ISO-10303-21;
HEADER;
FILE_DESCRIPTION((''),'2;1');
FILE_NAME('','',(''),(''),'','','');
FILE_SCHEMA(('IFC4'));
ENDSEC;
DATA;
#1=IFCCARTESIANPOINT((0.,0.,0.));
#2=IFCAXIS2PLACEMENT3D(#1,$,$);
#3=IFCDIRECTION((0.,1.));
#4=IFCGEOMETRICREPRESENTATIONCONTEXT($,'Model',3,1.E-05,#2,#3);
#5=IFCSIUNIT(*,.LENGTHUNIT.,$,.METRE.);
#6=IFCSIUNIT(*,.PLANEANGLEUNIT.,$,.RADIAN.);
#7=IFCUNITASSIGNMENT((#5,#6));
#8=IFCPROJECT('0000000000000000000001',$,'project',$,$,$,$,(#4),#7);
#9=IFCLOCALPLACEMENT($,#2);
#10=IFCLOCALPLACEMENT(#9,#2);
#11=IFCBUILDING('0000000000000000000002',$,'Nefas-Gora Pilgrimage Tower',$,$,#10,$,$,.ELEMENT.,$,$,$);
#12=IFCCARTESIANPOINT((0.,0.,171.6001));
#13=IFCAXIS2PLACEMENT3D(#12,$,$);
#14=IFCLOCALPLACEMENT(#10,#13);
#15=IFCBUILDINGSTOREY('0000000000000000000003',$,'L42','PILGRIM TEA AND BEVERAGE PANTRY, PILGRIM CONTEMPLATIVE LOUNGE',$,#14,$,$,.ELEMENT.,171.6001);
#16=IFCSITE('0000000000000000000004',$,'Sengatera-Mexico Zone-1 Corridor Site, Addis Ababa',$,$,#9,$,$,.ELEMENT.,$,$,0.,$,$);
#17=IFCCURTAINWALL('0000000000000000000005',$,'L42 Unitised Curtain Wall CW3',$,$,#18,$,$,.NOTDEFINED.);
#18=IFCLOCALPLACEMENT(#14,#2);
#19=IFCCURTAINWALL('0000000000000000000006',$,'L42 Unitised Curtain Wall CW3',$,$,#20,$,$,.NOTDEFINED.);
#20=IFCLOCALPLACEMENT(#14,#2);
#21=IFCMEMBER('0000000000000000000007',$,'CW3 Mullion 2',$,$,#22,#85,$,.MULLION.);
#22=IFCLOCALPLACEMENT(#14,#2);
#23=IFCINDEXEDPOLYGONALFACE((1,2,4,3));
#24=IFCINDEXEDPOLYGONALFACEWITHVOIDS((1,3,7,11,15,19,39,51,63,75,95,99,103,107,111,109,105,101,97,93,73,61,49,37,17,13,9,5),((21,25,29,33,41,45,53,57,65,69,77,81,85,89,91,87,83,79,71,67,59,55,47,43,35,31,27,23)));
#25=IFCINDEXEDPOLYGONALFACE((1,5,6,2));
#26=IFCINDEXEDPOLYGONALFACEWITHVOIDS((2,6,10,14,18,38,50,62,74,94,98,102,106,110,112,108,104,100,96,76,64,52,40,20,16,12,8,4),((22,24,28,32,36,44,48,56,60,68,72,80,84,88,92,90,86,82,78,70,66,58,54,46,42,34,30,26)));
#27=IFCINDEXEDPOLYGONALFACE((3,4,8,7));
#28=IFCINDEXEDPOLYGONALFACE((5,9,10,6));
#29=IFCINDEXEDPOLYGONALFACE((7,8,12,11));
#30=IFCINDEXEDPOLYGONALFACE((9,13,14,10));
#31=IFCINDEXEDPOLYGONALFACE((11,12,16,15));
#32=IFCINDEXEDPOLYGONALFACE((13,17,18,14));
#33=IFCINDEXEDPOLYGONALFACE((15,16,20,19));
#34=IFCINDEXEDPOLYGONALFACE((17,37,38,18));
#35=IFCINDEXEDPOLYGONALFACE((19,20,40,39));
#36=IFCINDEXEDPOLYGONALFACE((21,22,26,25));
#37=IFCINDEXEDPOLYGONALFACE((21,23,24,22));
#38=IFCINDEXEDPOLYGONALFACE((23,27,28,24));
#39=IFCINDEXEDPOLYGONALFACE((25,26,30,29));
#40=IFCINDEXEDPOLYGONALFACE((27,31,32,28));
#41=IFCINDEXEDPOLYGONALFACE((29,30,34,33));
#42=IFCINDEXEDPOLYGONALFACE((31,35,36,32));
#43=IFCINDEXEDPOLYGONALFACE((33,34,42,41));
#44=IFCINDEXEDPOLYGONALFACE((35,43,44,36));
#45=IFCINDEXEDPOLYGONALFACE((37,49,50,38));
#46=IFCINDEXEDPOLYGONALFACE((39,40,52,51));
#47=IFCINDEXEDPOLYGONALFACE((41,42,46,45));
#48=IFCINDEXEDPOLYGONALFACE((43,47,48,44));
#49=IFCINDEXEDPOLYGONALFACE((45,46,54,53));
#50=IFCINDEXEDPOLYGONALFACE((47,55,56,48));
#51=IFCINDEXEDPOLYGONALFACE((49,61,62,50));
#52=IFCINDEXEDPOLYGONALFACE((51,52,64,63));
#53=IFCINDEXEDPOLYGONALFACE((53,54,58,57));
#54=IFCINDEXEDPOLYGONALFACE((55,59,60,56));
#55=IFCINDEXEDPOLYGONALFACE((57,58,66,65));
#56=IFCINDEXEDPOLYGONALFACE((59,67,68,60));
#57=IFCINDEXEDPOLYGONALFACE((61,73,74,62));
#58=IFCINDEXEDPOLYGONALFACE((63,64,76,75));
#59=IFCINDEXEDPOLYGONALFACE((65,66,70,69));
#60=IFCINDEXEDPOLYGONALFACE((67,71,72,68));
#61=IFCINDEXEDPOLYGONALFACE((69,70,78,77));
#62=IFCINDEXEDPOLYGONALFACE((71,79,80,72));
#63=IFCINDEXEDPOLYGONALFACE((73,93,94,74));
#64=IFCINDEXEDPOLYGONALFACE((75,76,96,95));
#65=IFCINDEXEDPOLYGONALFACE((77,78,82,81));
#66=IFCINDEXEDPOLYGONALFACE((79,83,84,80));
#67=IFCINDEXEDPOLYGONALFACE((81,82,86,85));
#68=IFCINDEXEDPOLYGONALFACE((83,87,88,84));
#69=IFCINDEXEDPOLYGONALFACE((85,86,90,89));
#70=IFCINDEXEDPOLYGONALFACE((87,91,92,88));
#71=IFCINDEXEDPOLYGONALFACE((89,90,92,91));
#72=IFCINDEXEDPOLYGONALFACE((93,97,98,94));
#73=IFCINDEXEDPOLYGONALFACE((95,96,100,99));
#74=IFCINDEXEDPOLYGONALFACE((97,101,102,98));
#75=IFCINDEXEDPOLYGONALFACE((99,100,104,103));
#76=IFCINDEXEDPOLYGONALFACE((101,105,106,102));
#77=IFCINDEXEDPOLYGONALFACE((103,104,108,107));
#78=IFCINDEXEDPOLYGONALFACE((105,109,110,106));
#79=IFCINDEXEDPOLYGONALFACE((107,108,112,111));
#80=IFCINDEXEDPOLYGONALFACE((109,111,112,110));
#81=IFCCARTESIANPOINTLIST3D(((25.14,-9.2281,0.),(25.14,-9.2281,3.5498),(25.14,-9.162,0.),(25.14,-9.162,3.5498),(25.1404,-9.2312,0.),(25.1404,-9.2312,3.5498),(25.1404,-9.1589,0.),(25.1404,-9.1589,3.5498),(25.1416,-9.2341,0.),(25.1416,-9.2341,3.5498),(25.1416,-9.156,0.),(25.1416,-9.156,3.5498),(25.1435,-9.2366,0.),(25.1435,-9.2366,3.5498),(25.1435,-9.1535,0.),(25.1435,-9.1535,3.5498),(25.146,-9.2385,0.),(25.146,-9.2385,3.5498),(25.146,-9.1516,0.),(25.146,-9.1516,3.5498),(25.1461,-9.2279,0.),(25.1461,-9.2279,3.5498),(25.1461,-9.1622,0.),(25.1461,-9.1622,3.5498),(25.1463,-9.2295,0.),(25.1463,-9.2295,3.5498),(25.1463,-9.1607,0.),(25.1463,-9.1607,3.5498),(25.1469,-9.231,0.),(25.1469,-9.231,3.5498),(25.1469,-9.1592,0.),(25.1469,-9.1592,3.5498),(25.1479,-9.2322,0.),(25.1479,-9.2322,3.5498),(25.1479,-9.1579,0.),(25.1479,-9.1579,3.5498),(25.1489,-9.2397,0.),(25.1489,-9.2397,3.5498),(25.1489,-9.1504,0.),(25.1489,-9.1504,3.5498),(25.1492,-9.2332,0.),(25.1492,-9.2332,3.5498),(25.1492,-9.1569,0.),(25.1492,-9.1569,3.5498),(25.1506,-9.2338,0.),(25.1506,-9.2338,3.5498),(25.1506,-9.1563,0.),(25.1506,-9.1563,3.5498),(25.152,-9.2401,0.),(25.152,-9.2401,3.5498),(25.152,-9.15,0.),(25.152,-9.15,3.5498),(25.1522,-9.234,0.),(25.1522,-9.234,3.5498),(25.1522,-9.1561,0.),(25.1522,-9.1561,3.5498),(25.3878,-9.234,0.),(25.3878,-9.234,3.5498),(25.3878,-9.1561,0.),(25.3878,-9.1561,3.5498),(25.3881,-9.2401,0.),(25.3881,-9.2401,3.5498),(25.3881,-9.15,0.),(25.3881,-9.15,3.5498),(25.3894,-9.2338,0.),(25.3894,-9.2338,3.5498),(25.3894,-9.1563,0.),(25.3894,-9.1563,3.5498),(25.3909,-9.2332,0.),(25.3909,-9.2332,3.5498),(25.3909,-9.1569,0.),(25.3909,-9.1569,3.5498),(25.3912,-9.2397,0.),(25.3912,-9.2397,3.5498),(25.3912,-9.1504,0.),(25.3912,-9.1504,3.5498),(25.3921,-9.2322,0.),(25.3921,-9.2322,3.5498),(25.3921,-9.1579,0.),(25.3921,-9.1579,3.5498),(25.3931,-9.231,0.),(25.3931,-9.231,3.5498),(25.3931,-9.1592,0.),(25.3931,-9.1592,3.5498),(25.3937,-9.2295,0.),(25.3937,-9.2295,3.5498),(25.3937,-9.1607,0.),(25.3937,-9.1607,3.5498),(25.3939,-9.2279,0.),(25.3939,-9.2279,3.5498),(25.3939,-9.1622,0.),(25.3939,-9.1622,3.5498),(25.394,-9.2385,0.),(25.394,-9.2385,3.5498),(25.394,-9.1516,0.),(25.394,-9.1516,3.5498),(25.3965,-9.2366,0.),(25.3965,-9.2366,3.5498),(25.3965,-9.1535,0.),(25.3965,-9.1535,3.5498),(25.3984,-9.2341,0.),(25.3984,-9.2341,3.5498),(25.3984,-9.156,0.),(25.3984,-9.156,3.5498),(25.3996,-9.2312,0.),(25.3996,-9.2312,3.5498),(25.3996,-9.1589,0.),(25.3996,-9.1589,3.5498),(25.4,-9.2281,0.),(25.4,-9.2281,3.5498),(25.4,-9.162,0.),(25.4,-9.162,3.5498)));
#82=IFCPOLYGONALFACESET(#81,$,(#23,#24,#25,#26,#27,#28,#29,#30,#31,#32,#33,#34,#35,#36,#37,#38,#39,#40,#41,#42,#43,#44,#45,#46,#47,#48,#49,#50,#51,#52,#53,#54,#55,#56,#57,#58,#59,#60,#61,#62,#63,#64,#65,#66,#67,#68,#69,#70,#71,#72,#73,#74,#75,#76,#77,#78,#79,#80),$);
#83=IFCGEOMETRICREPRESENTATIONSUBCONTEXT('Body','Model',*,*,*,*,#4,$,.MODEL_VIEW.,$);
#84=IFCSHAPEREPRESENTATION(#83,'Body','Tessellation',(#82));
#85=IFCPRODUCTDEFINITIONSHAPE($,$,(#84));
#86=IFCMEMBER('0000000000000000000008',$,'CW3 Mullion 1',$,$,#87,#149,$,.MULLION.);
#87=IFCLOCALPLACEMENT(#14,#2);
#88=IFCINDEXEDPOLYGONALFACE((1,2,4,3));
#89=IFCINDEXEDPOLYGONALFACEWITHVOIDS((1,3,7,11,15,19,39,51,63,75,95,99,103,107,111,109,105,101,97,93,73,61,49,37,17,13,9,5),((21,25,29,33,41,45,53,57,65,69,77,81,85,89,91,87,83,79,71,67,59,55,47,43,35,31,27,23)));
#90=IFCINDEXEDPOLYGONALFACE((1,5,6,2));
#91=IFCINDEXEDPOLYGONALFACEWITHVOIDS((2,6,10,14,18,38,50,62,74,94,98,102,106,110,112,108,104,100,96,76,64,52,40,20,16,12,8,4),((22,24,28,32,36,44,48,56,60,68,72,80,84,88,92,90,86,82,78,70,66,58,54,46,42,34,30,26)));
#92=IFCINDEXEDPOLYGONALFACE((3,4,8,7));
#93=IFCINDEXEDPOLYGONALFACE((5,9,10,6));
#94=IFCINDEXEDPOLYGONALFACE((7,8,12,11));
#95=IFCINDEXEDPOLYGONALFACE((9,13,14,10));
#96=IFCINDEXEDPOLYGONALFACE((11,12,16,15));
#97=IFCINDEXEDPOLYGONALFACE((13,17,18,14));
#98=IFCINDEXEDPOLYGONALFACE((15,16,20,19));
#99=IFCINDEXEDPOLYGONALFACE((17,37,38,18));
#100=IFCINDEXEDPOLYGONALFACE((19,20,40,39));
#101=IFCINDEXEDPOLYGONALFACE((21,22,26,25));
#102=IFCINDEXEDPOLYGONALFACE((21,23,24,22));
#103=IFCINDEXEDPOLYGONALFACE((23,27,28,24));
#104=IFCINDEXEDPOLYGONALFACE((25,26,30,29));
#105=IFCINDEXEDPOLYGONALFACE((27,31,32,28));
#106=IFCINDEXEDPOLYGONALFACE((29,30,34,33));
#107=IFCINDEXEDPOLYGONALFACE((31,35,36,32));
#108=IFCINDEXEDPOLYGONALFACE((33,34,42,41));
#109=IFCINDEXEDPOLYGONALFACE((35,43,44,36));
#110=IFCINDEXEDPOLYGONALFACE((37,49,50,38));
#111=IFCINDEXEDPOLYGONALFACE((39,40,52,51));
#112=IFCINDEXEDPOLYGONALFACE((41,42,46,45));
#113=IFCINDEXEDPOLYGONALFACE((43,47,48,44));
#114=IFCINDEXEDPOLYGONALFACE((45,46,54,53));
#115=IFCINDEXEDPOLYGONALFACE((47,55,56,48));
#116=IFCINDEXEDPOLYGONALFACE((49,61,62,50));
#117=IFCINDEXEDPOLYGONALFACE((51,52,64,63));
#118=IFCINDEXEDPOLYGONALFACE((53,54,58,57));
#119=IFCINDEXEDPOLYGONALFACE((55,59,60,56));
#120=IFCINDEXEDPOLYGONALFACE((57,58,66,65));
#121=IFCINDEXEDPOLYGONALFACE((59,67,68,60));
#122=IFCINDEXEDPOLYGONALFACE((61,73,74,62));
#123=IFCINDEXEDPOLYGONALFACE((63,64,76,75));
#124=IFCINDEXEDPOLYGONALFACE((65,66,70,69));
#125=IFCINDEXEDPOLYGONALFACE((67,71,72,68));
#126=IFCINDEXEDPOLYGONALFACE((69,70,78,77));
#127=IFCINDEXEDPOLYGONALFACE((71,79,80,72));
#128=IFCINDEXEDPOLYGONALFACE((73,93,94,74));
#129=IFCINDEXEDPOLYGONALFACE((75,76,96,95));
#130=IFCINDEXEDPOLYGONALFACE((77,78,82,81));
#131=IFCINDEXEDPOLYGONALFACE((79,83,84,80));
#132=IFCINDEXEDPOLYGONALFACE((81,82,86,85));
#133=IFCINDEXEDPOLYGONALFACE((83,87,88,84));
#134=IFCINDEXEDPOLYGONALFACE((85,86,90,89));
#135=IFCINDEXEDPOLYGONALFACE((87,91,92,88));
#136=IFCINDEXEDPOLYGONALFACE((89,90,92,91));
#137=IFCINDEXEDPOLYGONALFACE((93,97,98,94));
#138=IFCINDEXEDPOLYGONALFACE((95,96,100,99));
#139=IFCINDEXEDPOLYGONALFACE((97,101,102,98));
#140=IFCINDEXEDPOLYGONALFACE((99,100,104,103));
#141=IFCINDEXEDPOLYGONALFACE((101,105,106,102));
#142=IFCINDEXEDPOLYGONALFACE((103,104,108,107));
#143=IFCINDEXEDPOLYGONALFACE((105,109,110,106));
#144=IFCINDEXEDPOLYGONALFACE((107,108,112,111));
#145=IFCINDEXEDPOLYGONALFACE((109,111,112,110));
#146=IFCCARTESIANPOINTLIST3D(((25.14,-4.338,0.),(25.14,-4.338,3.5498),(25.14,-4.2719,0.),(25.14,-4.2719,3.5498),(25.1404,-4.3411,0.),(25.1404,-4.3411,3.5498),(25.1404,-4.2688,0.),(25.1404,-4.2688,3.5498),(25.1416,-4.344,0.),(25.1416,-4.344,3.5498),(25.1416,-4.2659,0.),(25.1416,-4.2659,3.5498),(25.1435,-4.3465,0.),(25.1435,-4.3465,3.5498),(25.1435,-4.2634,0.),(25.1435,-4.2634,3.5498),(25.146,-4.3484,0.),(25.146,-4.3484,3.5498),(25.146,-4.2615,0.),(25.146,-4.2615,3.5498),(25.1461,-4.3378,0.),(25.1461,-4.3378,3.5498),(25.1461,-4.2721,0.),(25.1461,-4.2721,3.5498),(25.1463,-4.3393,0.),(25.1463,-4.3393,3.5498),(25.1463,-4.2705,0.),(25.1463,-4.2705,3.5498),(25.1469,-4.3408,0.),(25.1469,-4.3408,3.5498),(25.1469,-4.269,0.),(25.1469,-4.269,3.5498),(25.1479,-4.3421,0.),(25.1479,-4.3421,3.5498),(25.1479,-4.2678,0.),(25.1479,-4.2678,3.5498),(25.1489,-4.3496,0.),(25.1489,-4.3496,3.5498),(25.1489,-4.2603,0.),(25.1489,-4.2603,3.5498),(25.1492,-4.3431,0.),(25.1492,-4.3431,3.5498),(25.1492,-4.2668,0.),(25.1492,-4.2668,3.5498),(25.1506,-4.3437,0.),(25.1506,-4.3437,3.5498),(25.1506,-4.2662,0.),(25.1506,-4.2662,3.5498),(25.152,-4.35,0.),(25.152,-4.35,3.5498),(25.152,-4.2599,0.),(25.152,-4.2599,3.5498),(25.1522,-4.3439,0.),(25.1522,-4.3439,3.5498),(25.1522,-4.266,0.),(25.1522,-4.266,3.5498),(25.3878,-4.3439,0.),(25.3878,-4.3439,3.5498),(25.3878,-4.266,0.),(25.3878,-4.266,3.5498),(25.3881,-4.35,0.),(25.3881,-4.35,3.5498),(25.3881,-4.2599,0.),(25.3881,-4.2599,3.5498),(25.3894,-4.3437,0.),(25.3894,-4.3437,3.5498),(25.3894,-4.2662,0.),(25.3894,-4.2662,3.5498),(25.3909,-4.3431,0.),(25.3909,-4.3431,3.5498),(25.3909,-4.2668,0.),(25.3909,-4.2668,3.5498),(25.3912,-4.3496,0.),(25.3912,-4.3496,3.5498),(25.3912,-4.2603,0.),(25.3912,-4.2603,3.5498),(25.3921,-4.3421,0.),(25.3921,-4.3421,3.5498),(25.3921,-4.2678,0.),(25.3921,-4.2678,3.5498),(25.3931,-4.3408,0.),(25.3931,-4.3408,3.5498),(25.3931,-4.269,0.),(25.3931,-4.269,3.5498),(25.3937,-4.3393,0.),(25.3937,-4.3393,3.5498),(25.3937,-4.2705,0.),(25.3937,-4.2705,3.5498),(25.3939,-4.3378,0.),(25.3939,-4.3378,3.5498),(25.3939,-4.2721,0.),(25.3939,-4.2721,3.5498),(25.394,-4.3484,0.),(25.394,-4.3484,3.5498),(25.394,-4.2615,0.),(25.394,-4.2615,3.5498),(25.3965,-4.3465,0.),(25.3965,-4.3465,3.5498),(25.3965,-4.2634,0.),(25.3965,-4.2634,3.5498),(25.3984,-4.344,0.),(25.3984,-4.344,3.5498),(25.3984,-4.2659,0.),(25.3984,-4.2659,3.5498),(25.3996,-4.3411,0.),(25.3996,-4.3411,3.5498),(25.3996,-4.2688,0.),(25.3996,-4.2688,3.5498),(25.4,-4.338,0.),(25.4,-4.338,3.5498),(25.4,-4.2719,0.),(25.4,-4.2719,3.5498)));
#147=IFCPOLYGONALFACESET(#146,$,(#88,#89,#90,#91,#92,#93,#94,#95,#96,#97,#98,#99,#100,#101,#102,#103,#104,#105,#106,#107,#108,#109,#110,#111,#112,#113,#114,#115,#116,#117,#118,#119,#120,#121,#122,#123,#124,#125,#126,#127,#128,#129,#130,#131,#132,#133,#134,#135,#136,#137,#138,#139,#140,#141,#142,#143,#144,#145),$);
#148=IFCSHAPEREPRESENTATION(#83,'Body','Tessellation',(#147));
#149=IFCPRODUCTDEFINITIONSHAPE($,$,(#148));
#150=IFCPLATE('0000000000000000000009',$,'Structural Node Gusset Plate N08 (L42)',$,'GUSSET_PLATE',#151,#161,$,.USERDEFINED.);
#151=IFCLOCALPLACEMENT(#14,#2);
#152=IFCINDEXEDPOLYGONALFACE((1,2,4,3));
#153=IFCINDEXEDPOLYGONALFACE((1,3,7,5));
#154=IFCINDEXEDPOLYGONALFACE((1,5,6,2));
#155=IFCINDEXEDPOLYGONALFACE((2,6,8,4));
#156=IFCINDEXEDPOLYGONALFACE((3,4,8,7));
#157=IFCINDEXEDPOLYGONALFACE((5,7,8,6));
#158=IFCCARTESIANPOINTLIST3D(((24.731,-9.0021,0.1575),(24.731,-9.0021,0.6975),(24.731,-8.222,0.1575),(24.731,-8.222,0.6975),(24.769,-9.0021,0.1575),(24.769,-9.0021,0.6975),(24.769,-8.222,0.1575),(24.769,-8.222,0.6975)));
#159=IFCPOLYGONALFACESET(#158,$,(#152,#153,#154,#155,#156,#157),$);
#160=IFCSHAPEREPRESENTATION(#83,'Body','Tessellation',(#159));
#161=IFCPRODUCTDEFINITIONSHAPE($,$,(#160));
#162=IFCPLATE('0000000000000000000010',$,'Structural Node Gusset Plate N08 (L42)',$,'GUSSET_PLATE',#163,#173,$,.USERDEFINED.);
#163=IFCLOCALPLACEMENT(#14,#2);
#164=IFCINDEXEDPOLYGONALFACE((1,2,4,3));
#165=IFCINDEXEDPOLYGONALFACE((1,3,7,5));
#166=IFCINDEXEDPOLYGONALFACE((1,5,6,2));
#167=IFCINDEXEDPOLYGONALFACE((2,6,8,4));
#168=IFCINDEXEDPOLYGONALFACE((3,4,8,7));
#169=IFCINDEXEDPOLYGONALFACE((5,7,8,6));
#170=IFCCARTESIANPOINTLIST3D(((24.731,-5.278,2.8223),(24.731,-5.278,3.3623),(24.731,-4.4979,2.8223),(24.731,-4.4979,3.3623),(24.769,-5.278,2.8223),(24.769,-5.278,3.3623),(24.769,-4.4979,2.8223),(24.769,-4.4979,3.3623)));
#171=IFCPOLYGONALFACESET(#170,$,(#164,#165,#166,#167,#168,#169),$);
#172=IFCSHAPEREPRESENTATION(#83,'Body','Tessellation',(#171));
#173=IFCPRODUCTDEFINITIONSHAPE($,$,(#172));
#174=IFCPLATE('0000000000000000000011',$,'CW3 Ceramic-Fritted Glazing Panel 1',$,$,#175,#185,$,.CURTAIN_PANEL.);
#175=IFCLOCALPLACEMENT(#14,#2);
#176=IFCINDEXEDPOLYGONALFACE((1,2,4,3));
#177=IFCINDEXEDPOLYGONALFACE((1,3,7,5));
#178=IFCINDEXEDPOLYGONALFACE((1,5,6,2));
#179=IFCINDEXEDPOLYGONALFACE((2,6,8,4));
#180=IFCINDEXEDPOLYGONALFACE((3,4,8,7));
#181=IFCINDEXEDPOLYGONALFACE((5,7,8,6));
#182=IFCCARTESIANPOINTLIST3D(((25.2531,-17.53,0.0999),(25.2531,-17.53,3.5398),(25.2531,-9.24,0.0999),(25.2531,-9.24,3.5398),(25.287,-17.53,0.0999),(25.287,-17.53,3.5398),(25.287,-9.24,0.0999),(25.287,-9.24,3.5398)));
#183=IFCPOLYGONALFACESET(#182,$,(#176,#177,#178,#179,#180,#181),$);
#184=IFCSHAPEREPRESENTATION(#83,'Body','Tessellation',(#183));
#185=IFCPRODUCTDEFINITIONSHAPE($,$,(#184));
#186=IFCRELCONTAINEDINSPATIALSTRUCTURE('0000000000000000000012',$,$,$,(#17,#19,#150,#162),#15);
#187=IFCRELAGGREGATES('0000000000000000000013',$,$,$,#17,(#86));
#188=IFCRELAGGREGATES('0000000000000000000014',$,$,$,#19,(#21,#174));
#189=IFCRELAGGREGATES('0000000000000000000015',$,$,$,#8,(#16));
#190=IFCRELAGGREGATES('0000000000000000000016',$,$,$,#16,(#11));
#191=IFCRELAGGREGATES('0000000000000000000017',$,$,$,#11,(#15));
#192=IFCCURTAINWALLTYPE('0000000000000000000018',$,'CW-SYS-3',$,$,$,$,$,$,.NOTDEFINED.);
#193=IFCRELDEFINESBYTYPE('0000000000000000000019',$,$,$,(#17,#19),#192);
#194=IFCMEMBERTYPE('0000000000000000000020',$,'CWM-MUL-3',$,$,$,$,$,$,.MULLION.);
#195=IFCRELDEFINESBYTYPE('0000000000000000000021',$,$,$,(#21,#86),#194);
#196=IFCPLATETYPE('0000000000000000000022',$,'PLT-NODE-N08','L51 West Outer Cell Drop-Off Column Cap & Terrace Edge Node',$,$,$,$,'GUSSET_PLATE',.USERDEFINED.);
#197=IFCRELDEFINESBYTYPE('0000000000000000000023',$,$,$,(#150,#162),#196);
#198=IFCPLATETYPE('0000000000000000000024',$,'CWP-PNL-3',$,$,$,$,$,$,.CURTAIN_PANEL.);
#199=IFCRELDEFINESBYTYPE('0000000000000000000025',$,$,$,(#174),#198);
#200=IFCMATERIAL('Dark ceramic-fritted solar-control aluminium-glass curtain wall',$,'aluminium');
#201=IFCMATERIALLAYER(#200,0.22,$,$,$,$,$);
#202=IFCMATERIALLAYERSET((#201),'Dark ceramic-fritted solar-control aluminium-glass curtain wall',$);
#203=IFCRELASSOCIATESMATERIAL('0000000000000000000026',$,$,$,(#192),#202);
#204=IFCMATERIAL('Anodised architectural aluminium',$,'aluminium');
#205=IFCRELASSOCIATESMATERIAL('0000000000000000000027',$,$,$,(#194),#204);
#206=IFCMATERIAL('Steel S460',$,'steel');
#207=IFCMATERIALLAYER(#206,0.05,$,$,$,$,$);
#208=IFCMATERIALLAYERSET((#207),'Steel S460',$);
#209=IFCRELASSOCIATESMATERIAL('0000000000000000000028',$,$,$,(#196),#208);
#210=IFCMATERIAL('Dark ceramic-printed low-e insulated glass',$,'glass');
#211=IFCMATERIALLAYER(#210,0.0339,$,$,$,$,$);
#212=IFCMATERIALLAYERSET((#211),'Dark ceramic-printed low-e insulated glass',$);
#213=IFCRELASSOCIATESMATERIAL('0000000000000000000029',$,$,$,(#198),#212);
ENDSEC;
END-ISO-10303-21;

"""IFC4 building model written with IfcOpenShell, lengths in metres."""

from ifc_helpers import new_model, si_unit, direction, frame, origin, origin_2d, place, context, subcontext, project, spatial, rectangle, hollow_rectangle, extrude, source, transform, mapped, material, layer, layer_set, material_profile, profile_set, type_object, element, aggregate, save


model = new_model("IFC4")

# Units and contexts
model_context = context("Model", 3, precision=1e-05, world=origin(), true_north=direction((0.0, 1.0)))
body_context = subcontext(model_context, "Body", "Model", "MODEL_VIEW")
ifc_project = project(units=[si_unit("LENGTHUNIT", "METRE"), si_unit("PLANEANGLEUNIT", "RADIAN")], contexts=[model_context])

# Site, building, storey
site_placement = place(None, origin())
site = spatial("IfcSite", under=ifc_project, at=site_placement, Name="Sengatera-Mexico Zone-1 Corridor Site, Addis Ababa", CompositionType="ELEMENT", RefElevation=0.0)
building_placement = place(site_placement, origin())
building = spatial("IfcBuilding", under=site, at=building_placement, Name="Nefas-Gora Pilgrimage Tower", CompositionType="ELEMENT")
storey_placement = place(building_placement, frame((0.0, 0.0, 171.6001)))
storey = spatial("IfcBuildingStorey", under=building, at=storey_placement, Name="L42", Description="PILGRIM TEA AND BEVERAGE PANTRY, PILGRIM CONTEMPLATIVE LOUNGE", CompositionType="ELEMENT", Elevation=171.6001)

# Shared definitions
ifc_material_1 = material(Name="Steel S460", Category="steel")

# Curtain walls, member
ifc_material_2 = material(Name="Dark ceramic-fritted solar-control aluminium-glass curtain wall", Category="aluminium")
ifc_layer_1 = layer(ifc_material_2, 0.22)
ifc_layer_set_1 = layer_set([ifc_layer_1], Name="Dark ceramic-fritted solar-control aluminium-glass curtain wall")
curtain_wall_type = type_object("IfcCurtainWallType", Name="CW-SYS-3", PredefinedType="NOTDEFINED", material=ifc_layer_set_1)
curtain_wall_1_placement = place(storey_placement, origin())
curtain_wall_1 = element("IfcCurtainWall", 1, at=curtain_wall_1_placement, inside=storey, type_object=curtain_wall_type, Name="L42 Unitised Curtain Wall CW3", PredefinedType="NOTDEFINED")
ifc_material_3 = material(Name="Anodised architectural aluminium", Category="aluminium")
curtain_wall_2_placement = place(storey_placement, origin())
curtain_wall_2 = element("IfcCurtainWall", 2, at=curtain_wall_2_placement, inside=storey, type_object=curtain_wall_type, Name="L42 Unitised Curtain Wall CW3", PredefinedType="NOTDEFINED")
ifc_material_profile_1 = material_profile(ifc_material_3, hollow_rectangle(XDim=0.0901, YDim=0.26, WallThickness=0.0061, InnerFilletRadius=0.0061, OuterFilletRadius=0.012, at=origin_2d()), Name="ALU MULLION 90x260")
ifc_profile_set_1 = profile_set([ifc_material_profile_1], Name="Anodised architectural aluminium")
member_type_1 = type_object("IfcMemberType", Name="CWM-MUL-3", PredefinedType="MULLION", material=ifc_profile_set_1)
shared_shape_1 = source(origin(), body_context, "Body", "SweptSolid", [
    extrude(hollow_rectangle(XDim=0.0901, YDim=0.26, WallThickness=0.0061, InnerFilletRadius=0.0061, OuterFilletRadius=0.012, at=origin_2d()), origin(), (0.0, 0.0, 1.0), 3.5498),
])
member_1_placement = place(storey_placement, frame((25.27, -9.1951, 0.0), z_axis=(0.0, 0.0, 1.0), x_axis=(0.0, 1.0, 0.0)))
member_1 = element("IfcMember", 3, at=member_1_placement, type_object=member_type_1, Name="CW3 Mullion 2", PredefinedType="MULLION", context=body_context, shape_type="MappedRepresentation", body=[
    mapped(shared_shape_1, transform((0.0, 0.0, 0.0), x_axis=(1.0, 0.0, 0.0), y_axis=(0.0, 1.0, 0.0), z_axis=(0.0, 0.0, 1.0), scale=1.0)),
])

# Member
member_2_placement = place(storey_placement, frame((25.27, -4.3049, 0.0), z_axis=(0.0, 0.0, 1.0), x_axis=(0.0, 1.0, 0.0)))
member_2 = element("IfcMember", 4, at=member_2_placement, type_object=member_type_1, Name="CW3 Mullion 1", PredefinedType="MULLION", context=body_context, shape_type="MappedRepresentation", body=[
    mapped(shared_shape_1, transform((0.0, 0.0, 0.0), x_axis=(1.0, 0.0, 0.0), y_axis=(0.0, 1.0, 0.0), z_axis=(0.0, 0.0, 1.0), scale=1.0)),
])
aggregate(curtain_wall_1, [member_2])

# Plates
ifc_layer_2 = layer(ifc_material_1, 0.05)
ifc_layer_set_2 = layer_set([ifc_layer_2], Name="Steel S460")
plate_type_1 = type_object("IfcPlateType", Name="PLT-NODE-N08", Description="L51 West Outer Cell Drop-Off Column Cap & Terrace Edge Node", ElementType="GUSSET_PLATE", PredefinedType="USERDEFINED", material=ifc_layer_set_2)
shared_shape_2 = source(origin(), body_context, "Body", "SweptSolid", [
    extrude(rectangle(XDim=0.78, YDim=0.0381, at=origin_2d()), origin(), (0.0, 0.0, 1.0), 0.54),
])
for number, where, z_axis, x_axis, name in (
    (5, (24.75, -8.6121, 0.1575), (0.0, 0.0, 1.0), (0.0, 1.0, 0.0), "Structural Node Gusset Plate N08 (L42)"),
    (6, (24.75, -4.8879, 2.8223), (0.0, 0.0, 1.0), (0.0, 1.0, 0.0), "Structural Node Gusset Plate N08 (L42)"),
):
    element("IfcPlate", number, at=place(storey_placement, frame(where, z_axis=z_axis, x_axis=x_axis)), inside=storey, type_object=plate_type_1, Name=name, ObjectType="GUSSET_PLATE", PredefinedType="USERDEFINED", context=body_context, shape_type="MappedRepresentation", body=[
        mapped(shared_shape_2, transform((0.0, 0.0, 0.0), x_axis=(1.0, 0.0, 0.0), y_axis=(0.0, 1.0, 0.0), z_axis=(0.0, 0.0, 1.0), scale=1.0)),
    ])

# Plate
ifc_material_4 = material(Name="Dark ceramic-printed low-e insulated glass", Category="glass")
ifc_layer_3 = layer(ifc_material_4, 0.0339)
ifc_layer_set_3 = layer_set([ifc_layer_3], Name="Dark ceramic-printed low-e insulated glass")
plate_type_2 = type_object("IfcPlateType", Name="CWP-PNL-3", PredefinedType="CURTAIN_PANEL", material=ifc_layer_set_3)
shared_shape_3 = source(origin(), body_context, "Body", "SweptSolid", [
    extrude(rectangle(XDim=8.29, YDim=0.0339, at=origin_2d()), origin(), (0.0, 0.0, 1.0), 3.4399),
])
plate_placement = place(storey_placement, frame((25.27, -13.385, 0.0999), z_axis=(0.0, 0.0, 1.0), x_axis=(0.0, 1.0, 0.0)))
plate = element("IfcPlate", 7, at=plate_placement, type_object=plate_type_2, Name="CW3 Ceramic-Fritted Glazing Panel 1", PredefinedType="CURTAIN_PANEL", context=body_context, shape_type="MappedRepresentation", body=[
    mapped(shared_shape_3, transform((0.0, 0.0, 0.0), x_axis=(1.0, 0.0, 0.0), y_axis=(0.0, 1.0, 0.0), z_axis=(0.0, 0.0, 1.0), scale=1.0)),
])
aggregate(curtain_wall_2, [member_1, plate])

save(model, "model.ifc")
